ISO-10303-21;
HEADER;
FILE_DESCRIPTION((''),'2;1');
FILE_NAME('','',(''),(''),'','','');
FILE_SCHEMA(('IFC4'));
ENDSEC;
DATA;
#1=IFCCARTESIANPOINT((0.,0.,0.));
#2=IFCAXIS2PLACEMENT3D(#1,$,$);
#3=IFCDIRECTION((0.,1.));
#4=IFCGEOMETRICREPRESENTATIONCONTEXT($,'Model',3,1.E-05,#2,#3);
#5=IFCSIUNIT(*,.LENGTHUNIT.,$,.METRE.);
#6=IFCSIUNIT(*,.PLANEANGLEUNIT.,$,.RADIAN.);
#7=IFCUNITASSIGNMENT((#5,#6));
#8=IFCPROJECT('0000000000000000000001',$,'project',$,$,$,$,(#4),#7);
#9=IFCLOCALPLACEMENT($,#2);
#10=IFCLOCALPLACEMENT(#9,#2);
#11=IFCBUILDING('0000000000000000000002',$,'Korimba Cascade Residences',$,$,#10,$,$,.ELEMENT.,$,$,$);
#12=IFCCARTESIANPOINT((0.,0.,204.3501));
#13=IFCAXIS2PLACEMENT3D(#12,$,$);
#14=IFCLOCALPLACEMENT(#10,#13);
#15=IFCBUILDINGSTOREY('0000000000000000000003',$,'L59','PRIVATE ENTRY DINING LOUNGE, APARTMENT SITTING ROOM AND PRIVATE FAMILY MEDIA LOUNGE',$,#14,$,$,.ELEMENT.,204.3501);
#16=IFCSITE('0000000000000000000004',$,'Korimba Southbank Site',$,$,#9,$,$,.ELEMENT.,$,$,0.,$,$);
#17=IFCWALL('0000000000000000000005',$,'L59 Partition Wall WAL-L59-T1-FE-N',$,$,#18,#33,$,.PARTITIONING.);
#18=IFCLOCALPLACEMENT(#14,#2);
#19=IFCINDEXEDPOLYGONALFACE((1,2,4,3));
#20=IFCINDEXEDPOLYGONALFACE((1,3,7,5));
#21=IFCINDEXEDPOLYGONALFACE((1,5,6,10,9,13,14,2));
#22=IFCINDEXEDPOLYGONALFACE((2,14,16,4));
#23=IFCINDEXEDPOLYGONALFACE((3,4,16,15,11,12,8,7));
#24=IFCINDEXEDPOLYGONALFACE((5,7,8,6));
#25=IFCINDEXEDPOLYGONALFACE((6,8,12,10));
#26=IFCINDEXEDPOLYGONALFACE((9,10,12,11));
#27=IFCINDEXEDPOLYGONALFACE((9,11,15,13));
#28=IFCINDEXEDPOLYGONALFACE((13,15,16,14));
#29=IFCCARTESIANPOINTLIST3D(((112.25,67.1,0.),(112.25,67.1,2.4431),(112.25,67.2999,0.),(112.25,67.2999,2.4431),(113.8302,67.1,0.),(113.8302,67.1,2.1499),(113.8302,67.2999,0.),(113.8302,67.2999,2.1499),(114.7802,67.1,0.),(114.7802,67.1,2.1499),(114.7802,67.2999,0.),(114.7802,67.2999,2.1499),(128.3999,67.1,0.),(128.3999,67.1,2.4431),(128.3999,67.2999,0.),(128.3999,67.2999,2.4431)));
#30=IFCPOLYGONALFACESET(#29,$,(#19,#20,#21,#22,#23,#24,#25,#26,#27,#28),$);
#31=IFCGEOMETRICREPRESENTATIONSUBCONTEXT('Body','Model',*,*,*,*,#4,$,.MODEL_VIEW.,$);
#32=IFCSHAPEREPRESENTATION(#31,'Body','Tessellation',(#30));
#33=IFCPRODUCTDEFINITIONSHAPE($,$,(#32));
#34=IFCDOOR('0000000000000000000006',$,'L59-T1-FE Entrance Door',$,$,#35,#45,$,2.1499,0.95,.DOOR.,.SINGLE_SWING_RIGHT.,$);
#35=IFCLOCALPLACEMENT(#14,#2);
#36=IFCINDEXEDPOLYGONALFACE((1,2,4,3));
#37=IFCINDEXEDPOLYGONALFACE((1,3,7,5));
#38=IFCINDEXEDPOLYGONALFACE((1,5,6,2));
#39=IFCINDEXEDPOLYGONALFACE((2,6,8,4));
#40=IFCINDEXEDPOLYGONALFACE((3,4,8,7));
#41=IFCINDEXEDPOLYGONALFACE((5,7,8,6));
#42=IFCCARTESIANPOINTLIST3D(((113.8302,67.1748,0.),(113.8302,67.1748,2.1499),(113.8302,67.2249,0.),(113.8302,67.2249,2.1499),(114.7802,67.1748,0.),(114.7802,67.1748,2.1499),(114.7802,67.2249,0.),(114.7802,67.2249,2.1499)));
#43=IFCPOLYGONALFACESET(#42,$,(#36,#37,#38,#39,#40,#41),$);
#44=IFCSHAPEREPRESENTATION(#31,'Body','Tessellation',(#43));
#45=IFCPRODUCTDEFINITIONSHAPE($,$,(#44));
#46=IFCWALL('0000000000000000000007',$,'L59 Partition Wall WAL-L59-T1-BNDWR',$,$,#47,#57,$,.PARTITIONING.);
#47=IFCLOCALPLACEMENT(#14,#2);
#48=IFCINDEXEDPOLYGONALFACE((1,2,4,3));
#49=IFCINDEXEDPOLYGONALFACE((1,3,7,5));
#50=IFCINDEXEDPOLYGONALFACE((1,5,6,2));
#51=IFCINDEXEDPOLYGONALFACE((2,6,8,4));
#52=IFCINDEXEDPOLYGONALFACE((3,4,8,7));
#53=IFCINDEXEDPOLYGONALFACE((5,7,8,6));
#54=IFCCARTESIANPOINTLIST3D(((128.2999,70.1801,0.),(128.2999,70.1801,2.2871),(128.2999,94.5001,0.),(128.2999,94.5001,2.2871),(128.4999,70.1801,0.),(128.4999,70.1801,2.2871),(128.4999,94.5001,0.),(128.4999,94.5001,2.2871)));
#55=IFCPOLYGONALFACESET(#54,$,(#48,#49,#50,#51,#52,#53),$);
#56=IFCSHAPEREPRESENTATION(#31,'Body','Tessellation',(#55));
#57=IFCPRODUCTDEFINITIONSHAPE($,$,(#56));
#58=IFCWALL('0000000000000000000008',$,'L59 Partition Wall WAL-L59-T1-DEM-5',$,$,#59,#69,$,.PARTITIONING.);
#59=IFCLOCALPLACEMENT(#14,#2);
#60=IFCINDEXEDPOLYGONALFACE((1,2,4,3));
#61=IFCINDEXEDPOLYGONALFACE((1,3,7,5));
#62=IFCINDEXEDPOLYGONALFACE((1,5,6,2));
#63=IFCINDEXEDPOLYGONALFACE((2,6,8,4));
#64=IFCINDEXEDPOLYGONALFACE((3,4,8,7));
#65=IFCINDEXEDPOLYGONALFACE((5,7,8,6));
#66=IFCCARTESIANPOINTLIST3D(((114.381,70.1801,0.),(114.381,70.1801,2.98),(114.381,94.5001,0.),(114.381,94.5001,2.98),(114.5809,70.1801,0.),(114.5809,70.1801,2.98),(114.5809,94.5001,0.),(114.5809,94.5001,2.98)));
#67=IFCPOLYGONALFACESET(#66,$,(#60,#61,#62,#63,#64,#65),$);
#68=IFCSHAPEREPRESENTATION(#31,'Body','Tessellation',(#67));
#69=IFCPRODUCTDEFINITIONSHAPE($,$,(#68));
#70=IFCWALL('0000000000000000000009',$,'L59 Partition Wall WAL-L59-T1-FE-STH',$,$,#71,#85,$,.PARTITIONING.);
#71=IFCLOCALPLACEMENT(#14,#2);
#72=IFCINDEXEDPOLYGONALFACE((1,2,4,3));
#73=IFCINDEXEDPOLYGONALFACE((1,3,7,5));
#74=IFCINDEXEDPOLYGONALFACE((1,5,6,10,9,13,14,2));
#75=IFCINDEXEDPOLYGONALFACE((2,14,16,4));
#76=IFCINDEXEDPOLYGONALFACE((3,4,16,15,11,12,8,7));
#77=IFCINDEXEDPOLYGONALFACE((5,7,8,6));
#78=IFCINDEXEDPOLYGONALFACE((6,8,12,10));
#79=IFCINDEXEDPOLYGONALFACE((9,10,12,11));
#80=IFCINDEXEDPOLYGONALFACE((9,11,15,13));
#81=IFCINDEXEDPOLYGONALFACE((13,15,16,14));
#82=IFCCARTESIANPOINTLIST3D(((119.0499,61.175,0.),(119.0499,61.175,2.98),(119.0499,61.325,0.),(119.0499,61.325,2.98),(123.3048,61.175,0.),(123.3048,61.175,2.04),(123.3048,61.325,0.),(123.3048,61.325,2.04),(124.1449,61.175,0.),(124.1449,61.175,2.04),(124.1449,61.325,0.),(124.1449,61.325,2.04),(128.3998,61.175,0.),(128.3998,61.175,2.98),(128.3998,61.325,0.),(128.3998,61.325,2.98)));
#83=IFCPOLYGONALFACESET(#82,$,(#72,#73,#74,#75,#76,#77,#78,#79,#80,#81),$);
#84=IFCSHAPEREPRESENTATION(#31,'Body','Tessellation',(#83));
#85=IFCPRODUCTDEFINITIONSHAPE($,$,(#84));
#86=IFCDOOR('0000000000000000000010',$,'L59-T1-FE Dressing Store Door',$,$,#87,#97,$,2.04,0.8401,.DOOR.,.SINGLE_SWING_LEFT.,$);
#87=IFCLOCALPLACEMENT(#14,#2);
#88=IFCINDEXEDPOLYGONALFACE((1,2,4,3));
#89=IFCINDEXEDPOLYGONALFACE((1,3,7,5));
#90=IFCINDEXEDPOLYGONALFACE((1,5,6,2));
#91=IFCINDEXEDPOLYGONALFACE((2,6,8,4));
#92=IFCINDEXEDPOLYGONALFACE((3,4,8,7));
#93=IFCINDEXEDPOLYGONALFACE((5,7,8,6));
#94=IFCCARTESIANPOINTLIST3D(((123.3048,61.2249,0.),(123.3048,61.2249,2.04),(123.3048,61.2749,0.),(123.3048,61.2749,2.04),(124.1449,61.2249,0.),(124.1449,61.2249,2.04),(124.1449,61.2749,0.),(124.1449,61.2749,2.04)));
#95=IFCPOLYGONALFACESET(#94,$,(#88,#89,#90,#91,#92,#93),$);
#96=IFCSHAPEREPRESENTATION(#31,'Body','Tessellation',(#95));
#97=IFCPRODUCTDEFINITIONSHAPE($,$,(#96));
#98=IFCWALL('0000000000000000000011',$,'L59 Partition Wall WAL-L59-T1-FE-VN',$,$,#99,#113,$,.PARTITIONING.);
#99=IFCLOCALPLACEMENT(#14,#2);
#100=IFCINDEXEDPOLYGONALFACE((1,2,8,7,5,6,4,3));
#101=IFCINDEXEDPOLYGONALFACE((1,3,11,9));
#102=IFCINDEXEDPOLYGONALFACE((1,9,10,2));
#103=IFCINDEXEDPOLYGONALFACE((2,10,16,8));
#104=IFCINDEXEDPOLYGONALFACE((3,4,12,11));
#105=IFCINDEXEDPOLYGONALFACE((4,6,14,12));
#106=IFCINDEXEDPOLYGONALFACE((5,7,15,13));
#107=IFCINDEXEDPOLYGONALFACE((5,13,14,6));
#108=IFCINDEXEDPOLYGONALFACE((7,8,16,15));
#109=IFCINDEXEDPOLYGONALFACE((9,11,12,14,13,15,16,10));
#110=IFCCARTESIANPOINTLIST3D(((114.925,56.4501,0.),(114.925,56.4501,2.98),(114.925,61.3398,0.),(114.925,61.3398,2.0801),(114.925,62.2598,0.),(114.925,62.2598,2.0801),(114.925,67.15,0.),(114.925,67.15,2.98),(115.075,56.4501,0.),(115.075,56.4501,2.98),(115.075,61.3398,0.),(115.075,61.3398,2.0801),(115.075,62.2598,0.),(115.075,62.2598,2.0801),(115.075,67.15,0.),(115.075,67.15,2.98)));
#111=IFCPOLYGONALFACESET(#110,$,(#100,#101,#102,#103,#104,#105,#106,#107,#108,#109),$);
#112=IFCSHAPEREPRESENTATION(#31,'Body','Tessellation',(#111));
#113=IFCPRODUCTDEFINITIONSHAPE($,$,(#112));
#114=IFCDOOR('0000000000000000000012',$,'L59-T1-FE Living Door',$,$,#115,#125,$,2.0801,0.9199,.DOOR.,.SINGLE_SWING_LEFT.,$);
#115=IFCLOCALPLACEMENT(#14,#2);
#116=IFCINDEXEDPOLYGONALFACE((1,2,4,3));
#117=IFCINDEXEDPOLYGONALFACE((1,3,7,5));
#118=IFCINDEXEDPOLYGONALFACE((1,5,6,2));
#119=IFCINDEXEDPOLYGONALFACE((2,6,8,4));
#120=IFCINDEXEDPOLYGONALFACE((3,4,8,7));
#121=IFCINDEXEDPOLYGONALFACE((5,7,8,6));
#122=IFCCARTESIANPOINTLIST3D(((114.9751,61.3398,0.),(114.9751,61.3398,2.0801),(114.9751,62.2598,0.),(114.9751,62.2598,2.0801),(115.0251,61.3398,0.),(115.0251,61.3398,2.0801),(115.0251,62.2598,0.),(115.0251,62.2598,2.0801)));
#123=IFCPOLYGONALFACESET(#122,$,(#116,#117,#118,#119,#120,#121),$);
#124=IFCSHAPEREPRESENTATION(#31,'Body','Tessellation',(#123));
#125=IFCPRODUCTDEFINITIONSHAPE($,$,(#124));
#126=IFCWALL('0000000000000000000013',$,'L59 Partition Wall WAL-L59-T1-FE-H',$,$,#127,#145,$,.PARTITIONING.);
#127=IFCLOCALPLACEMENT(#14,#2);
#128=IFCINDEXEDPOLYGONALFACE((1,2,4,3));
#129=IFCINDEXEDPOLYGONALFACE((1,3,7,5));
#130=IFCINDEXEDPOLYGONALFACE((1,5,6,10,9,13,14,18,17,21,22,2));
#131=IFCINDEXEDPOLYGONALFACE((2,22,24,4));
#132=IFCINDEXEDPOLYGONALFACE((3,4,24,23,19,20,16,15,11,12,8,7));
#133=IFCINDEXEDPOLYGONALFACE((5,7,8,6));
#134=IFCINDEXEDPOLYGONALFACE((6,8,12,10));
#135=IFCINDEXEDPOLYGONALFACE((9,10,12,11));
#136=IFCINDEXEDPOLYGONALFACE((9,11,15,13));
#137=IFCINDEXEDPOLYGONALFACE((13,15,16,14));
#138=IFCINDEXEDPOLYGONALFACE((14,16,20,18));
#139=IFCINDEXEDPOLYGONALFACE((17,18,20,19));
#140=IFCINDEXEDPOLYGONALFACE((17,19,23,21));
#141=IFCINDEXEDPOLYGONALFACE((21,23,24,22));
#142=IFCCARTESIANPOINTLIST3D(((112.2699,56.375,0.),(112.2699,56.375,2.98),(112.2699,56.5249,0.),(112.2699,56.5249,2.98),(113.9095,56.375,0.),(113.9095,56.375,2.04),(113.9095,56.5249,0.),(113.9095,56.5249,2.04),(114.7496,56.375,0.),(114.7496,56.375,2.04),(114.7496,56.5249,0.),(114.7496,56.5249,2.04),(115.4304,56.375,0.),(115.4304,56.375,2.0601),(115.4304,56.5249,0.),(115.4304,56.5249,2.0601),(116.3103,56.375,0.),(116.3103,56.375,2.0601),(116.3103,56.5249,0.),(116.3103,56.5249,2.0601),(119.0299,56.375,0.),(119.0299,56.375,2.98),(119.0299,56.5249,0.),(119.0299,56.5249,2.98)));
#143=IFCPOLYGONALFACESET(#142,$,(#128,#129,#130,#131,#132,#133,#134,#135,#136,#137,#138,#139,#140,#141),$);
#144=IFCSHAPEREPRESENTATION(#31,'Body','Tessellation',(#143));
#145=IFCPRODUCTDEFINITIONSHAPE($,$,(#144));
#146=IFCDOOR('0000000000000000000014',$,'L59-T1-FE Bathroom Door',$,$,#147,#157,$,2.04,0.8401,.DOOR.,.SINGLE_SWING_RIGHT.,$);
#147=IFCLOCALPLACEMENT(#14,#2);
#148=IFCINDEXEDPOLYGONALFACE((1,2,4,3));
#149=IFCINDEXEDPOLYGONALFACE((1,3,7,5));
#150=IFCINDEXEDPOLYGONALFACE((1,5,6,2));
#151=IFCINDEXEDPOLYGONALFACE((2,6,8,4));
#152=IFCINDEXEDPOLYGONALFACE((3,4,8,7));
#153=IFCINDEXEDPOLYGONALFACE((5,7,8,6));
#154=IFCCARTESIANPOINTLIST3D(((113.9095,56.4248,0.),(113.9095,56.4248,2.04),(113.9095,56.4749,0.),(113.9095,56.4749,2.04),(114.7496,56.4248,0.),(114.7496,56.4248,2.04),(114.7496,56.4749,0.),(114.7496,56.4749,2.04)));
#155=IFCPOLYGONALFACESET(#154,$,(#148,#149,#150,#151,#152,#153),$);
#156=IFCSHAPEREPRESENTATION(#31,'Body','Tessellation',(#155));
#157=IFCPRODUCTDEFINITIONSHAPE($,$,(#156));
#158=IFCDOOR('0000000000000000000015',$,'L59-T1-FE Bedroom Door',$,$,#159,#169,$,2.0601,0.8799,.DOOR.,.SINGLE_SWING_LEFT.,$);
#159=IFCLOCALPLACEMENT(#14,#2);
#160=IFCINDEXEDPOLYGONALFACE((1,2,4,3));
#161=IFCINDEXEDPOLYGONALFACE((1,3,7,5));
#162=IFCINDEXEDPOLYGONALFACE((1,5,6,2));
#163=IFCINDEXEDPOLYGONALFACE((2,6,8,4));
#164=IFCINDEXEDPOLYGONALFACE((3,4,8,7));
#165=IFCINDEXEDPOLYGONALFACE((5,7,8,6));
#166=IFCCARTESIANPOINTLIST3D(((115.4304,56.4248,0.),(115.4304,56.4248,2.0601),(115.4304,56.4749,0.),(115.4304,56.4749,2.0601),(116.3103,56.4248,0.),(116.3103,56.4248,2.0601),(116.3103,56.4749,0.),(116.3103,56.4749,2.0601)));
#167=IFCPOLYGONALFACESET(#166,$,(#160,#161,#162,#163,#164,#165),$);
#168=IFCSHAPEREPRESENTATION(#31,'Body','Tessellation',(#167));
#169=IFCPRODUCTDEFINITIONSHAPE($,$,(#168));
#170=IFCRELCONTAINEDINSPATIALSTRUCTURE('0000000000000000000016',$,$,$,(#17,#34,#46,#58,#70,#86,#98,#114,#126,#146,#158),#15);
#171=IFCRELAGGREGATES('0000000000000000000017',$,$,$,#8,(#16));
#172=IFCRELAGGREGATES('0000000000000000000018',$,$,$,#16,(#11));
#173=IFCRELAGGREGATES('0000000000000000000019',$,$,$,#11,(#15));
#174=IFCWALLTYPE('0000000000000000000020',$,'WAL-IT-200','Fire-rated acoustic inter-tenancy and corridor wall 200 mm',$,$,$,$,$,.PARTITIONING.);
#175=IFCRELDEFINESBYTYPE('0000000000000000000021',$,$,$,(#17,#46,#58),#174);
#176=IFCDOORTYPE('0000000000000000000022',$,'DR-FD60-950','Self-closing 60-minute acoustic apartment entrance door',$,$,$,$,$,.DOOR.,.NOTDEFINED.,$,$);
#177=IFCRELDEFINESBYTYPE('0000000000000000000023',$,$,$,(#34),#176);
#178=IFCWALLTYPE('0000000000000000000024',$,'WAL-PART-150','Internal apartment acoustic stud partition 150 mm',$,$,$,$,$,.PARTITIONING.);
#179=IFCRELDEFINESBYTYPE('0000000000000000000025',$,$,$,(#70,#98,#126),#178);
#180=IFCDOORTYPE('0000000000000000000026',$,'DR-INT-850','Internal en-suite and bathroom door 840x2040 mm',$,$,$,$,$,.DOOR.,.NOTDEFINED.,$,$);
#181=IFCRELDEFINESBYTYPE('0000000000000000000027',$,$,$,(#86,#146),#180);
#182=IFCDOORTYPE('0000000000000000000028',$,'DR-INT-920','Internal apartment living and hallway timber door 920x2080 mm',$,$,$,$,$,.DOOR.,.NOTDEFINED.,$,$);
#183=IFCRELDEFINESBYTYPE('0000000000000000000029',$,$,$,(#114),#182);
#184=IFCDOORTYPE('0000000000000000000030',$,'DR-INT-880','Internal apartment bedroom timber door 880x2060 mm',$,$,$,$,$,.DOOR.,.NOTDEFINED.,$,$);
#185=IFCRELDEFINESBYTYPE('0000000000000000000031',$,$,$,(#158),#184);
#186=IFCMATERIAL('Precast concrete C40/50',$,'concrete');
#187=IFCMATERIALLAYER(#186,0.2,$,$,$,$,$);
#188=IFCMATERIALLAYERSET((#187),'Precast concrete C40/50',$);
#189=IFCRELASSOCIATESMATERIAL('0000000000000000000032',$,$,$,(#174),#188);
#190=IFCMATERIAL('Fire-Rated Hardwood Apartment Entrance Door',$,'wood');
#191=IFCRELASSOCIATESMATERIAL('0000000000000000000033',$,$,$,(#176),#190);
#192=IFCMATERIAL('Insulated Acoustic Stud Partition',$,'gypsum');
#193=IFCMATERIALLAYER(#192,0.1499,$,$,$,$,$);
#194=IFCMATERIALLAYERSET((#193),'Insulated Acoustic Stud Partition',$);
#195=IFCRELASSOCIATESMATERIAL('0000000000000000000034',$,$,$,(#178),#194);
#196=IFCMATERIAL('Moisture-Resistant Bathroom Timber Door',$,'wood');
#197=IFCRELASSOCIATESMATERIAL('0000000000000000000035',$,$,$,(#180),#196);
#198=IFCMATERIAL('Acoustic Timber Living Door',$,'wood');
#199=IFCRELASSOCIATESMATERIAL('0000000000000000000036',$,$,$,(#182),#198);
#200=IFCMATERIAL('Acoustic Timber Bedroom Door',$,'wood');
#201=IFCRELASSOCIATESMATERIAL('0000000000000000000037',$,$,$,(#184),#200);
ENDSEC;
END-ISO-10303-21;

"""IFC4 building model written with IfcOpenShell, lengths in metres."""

from ifc_helpers import new_model, si_unit, direction, frame, frame_2d, origin, place, context, subcontext, project, spatial, rectangle, extrude, material, layer, layer_set, type_object, element, fill, save


model = new_model("IFC4")

# Units and contexts
model_context = context("Model", 3, precision=1e-05, world=origin(), true_north=direction((0.0, 1.0)))
body_context = subcontext(model_context, "Body", "Model", "MODEL_VIEW")
ifc_project = project(units=[si_unit("LENGTHUNIT", "METRE"), si_unit("PLANEANGLEUNIT", "RADIAN")], contexts=[model_context])

# Site, building, storey
site_placement = place(None, origin())
site = spatial("IfcSite", under=ifc_project, at=site_placement, Name="Korimba Southbank Site", CompositionType="ELEMENT", RefElevation=0.0)
building_placement = place(site_placement, origin())
building = spatial("IfcBuilding", under=site, at=building_placement, Name="Korimba Cascade Residences", CompositionType="ELEMENT")
storey_placement = place(building_placement, frame((0.0, 0.0, 204.3501)))
storey = spatial("IfcBuildingStorey", under=building, at=storey_placement, Name="L59", Description="PRIVATE ENTRY DINING LOUNGE, APARTMENT SITTING ROOM AND PRIVATE FAMILY MEDIA LOUNGE", CompositionType="ELEMENT", Elevation=204.3501)

# Wall, opening, door
ifc_material_1 = material(Name="Precast concrete C40/50", Category="concrete")
ifc_layer_1 = layer(ifc_material_1, 0.2)
ifc_layer_set_1 = layer_set([ifc_layer_1], Name="Precast concrete C40/50")
wall_type_1 = type_object("IfcWallType", Name="WAL-IT-200", Description="Fire-rated acoustic inter-tenancy and corridor wall 200 mm", PredefinedType="PARTITIONING", material=ifc_layer_set_1)
wall_1_placement = place(storey_placement, frame((112.25, 67.2, 0.0), z_axis=(0.0, 0.0, 1.0), x_axis=(1.0, 0.0, 0.0)))
wall_1 = element("IfcWall", 1, at=wall_1_placement, inside=storey, type_object=wall_type_1, Name="L59 Partition Wall WAL-L59-T1-FE-N", PredefinedType="PARTITIONING", context=body_context, shape_type="SweptSolid", body=[
    extrude(rectangle(XDim=16.1499, YDim=0.2, at=frame_2d((8.075, 0.0))), origin(), (0.0, 0.0, 1.0), 2.4431),
])
opening_1_placement = place(wall_1_placement, frame((1.5801, 0.0, 0.0)))
opening_1 = element("IfcOpeningElement", 2, at=opening_1_placement, cuts=wall_1, PredefinedType="OPENING", context=body_context, shape_type="SweptSolid", body=[
    extrude(rectangle(XDim=0.95, YDim=2.1499, at=frame_2d((0.4751, 1.075))), frame((0.0, 0.1099, 0.0), z_axis=(0.0, -1.0, 0.0), x_axis=(1.0, 0.0, 0.0)), (0.0, 0.0, 1.0), 0.22),
])
ifc_material_2 = material(Name="Fire-Rated Hardwood Apartment Entrance Door", Category="wood")
door_type_1 = type_object("IfcDoorType", Name="DR-FD60-950", Description="Self-closing 60-minute acoustic apartment entrance door", OperationType="NOTDEFINED", PredefinedType="DOOR", material=ifc_material_2)
door_1_placement = place(opening_1_placement, origin())
door_1 = element("IfcDoor", 3, at=door_1_placement, inside=storey, type_object=door_type_1, Name="L59-T1-FE Entrance Door", OperationType="SINGLE_SWING_RIGHT", OverallHeight=2.1499, OverallWidth=0.95, PredefinedType="DOOR", context=body_context, shape_type="SweptSolid", body=[
    extrude(rectangle(XDim=0.95, YDim=2.1499, at=frame_2d((0.4751, 1.075))), frame((0.0, 0.0249, 0.0), z_axis=(0.0, -1.0, 0.0), x_axis=(1.0, 0.0, 0.0)), (0.0, 0.0, 1.0), 0.05),
])
fill(opening_1, door_1)

# Walls
wall_2_placement = place(storey_placement, frame((128.3999, 70.1799, 0.0), z_axis=(0.0, 0.0, 1.0), x_axis=(0.0, 1.0, 0.0)))
element("IfcWall", 4, at=wall_2_placement, inside=storey, type_object=wall_type_1, Name="L59 Partition Wall WAL-L59-T1-BNDWR", PredefinedType="PARTITIONING", context=body_context, shape_type="SweptSolid", body=[
    extrude(rectangle(XDim=24.3201, YDim=0.2, at=frame_2d((12.1602, 0.0))), origin(), (0.0, 0.0, 1.0), 2.2871),
])
wall_3_placement = place(storey_placement, frame((114.481, 70.1799, 0.0), z_axis=(0.0, 0.0, 1.0), x_axis=(0.0, 1.0, 0.0)))
element("IfcWall", 5, at=wall_3_placement, inside=storey, type_object=wall_type_1, Name="L59 Partition Wall WAL-L59-T1-DEM-5", PredefinedType="PARTITIONING", context=body_context, shape_type="SweptSolid", body=[
    extrude(rectangle(XDim=24.3201, YDim=0.2, at=frame_2d((12.1602, 0.0))), origin(), (0.0, 0.0, 1.0), 2.98),
])

# Walls, openings, doors
ifc_material_3 = material(Name="Insulated Acoustic Stud Partition", Category="gypsum")
ifc_layer_2 = layer(ifc_material_3, 0.1499)
ifc_layer_set_2 = layer_set([ifc_layer_2], Name="Insulated Acoustic Stud Partition")
wall_type_2 = type_object("IfcWallType", Name="WAL-PART-150", Description="Internal apartment acoustic stud partition 150 mm", PredefinedType="PARTITIONING", material=ifc_layer_set_2)
wall_4_placement = place(storey_placement, frame((119.05, 61.25, 0.0), z_axis=(0.0, 0.0, 1.0), x_axis=(1.0, 0.0, 0.0)))
wall_4 = element("IfcWall", 6, at=wall_4_placement, inside=storey, type_object=wall_type_2, Name="L59 Partition Wall WAL-L59-T1-FE-STH", PredefinedType="PARTITIONING", context=body_context, shape_type="SweptSolid", body=[
    extrude(rectangle(XDim=9.3499, YDim=0.1499, at=frame_2d((4.6748, 0.0))), origin(), (0.0, 0.0, 1.0), 2.98),
])
opening_2_placement = place(wall_4_placement, frame((4.2549, 0.0, 0.0)))
opening_2 = element("IfcOpeningElement", 7, at=opening_2_placement, cuts=wall_4, PredefinedType="OPENING", context=body_context, shape_type="SweptSolid", body=[
    extrude(rectangle(XDim=0.8401, YDim=2.04, at=frame_2d((0.4199, 1.02))), frame((0.0, 0.085, 0.0), z_axis=(0.0, -1.0, 0.0), x_axis=(1.0, 0.0, 0.0)), (0.0, 0.0, 1.0), 0.1699),
])
ifc_material_4 = material(Name="Moisture-Resistant Bathroom Timber Door", Category="wood")
door_type_2 = type_object("IfcDoorType", Name="DR-INT-850", Description="Internal en-suite and bathroom door 840x2040 mm", OperationType="NOTDEFINED", PredefinedType="DOOR", material=ifc_material_4)
door_2_placement = place(opening_2_placement, origin())
door_2 = element("IfcDoor", 8, at=door_2_placement, inside=storey, type_object=door_type_2, Name="L59-T1-FE Dressing Store Door", OperationType="SINGLE_SWING_LEFT", OverallHeight=2.04, OverallWidth=0.8401, PredefinedType="DOOR", context=body_context, shape_type="SweptSolid", body=[
    extrude(rectangle(XDim=0.8401, YDim=2.04, at=frame_2d((0.4199, 1.02))), frame((0.0, 0.0249, 0.0), z_axis=(0.0, -1.0, 0.0), x_axis=(1.0, 0.0, 0.0)), (0.0, 0.0, 1.0), 0.05),
])
fill(opening_2, door_2)
wall_5_placement = place(storey_placement, frame((115.0, 56.45, 0.0), z_axis=(0.0, 0.0, 1.0), x_axis=(0.0, 1.0, 0.0)))
wall_5 = element("IfcWall", 9, at=wall_5_placement, inside=storey, type_object=wall_type_2, Name="L59 Partition Wall WAL-L59-T1-FE-VN", PredefinedType="PARTITIONING", context=body_context, shape_type="SweptSolid", body=[
    extrude(rectangle(XDim=10.7, YDim=0.1499, at=frame_2d((5.3501, 0.0))), origin(), (0.0, 0.0, 1.0), 2.98),
])
opening_3_placement = place(wall_5_placement, frame((4.8899, 0.0, 0.0)))
opening_3 = element("IfcOpeningElement", 10, at=opening_3_placement, cuts=wall_5, PredefinedType="OPENING", context=body_context, shape_type="SweptSolid", body=[
    extrude(rectangle(XDim=0.9199, YDim=2.0801, at=frame_2d((0.46, 1.04))), frame((0.0, 0.085, 0.0), z_axis=(0.0, -1.0, 0.0), x_axis=(1.0, 0.0, 0.0)), (0.0, 0.0, 1.0), 0.1699),
])
ifc_material_5 = material(Name="Acoustic Timber Living Door", Category="wood")
door_type_3 = type_object("IfcDoorType", Name="DR-INT-920", Description="Internal apartment living and hallway timber door 920x2080 mm", OperationType="NOTDEFINED", PredefinedType="DOOR", material=ifc_material_5)
door_3_placement = place(opening_3_placement, origin())
door_3 = element("IfcDoor", 11, at=door_3_placement, inside=storey, type_object=door_type_3, Name="L59-T1-FE Living Door", OperationType="SINGLE_SWING_LEFT", OverallHeight=2.0801, OverallWidth=0.9199, PredefinedType="DOOR", context=body_context, shape_type="SweptSolid", body=[
    extrude(rectangle(XDim=0.9199, YDim=2.0801, at=frame_2d((0.46, 1.04))), frame((0.0, 0.0249, 0.0), z_axis=(0.0, -1.0, 0.0), x_axis=(1.0, 0.0, 0.0)), (0.0, 0.0, 1.0), 0.05),
])
fill(opening_3, door_3)

# Wall, openings, doors
wall_6_placement = place(storey_placement, frame((112.27, 56.45, 0.0), z_axis=(0.0, 0.0, 1.0), x_axis=(1.0, 0.0, 0.0)))
wall_6 = element("IfcWall", 12, at=wall_6_placement, inside=storey, type_object=wall_type_2, Name="L59 Partition Wall WAL-L59-T1-FE-H", PredefinedType="PARTITIONING", context=body_context, shape_type="SweptSolid", body=[
    extrude(rectangle(XDim=6.76, YDim=0.1499, at=frame_2d((3.3799, 0.0))), origin(), (0.0, 0.0, 1.0), 2.98),
])
opening_4_placement = place(wall_6_placement, frame((1.6396, 0.0, 0.0)))
opening_4 = element("IfcOpeningElement", 13, at=opening_4_placement, cuts=wall_6, PredefinedType="OPENING", context=body_context, shape_type="SweptSolid", body=[
    extrude(rectangle(XDim=0.8401, YDim=2.04, at=frame_2d((0.4199, 1.02))), frame((0.0, 0.085, 0.0), z_axis=(0.0, -1.0, 0.0), x_axis=(1.0, 0.0, 0.0)), (0.0, 0.0, 1.0), 0.1699),
])
opening_5_placement = place(wall_6_placement, frame((3.1604, 0.0, 0.0)))
opening_5 = element("IfcOpeningElement", 14, at=opening_5_placement, cuts=wall_6, PredefinedType="OPENING", context=body_context, shape_type="SweptSolid", body=[
    extrude(rectangle(XDim=0.8799, YDim=2.0601, at=frame_2d((0.4399, 1.03))), frame((0.0, 0.085, 0.0), z_axis=(0.0, -1.0, 0.0), x_axis=(1.0, 0.0, 0.0)), (0.0, 0.0, 1.0), 0.1699),
])
door_4_placement = place(opening_4_placement, origin())
door_4 = element("IfcDoor", 15, at=door_4_placement, inside=storey, type_object=door_type_2, Name="L59-T1-FE Bathroom Door", OperationType="SINGLE_SWING_RIGHT", OverallHeight=2.04, OverallWidth=0.8401, PredefinedType="DOOR", context=body_context, shape_type="SweptSolid", body=[
    extrude(rectangle(XDim=0.8401, YDim=2.04, at=frame_2d((0.4199, 1.02))), frame((0.0, 0.0249, 0.0), z_axis=(0.0, -1.0, 0.0), x_axis=(1.0, 0.0, 0.0)), (0.0, 0.0, 1.0), 0.05),
])
fill(opening_4, door_4)
ifc_material_6 = material(Name="Acoustic Timber Bedroom Door", Category="wood")
door_type_4 = type_object("IfcDoorType", Name="DR-INT-880", Description="Internal apartment bedroom timber door 880x2060 mm", OperationType="NOTDEFINED", PredefinedType="DOOR", material=ifc_material_6)
door_5_placement = place(opening_5_placement, origin())
door_5 = element("IfcDoor", 16, at=door_5_placement, inside=storey, type_object=door_type_4, Name="L59-T1-FE Bedroom Door", OperationType="SINGLE_SWING_LEFT", OverallHeight=2.0601, OverallWidth=0.8799, PredefinedType="DOOR", context=body_context, shape_type="SweptSolid", body=[
    extrude(rectangle(XDim=0.8799, YDim=2.0601, at=frame_2d((0.4399, 1.03))), frame((0.0, 0.0249, 0.0), z_axis=(0.0, -1.0, 0.0), x_axis=(1.0, 0.0, 0.0)), (0.0, 0.0, 1.0), 0.05),
])
fill(opening_5, door_5)

save(model, "model.ifc")
